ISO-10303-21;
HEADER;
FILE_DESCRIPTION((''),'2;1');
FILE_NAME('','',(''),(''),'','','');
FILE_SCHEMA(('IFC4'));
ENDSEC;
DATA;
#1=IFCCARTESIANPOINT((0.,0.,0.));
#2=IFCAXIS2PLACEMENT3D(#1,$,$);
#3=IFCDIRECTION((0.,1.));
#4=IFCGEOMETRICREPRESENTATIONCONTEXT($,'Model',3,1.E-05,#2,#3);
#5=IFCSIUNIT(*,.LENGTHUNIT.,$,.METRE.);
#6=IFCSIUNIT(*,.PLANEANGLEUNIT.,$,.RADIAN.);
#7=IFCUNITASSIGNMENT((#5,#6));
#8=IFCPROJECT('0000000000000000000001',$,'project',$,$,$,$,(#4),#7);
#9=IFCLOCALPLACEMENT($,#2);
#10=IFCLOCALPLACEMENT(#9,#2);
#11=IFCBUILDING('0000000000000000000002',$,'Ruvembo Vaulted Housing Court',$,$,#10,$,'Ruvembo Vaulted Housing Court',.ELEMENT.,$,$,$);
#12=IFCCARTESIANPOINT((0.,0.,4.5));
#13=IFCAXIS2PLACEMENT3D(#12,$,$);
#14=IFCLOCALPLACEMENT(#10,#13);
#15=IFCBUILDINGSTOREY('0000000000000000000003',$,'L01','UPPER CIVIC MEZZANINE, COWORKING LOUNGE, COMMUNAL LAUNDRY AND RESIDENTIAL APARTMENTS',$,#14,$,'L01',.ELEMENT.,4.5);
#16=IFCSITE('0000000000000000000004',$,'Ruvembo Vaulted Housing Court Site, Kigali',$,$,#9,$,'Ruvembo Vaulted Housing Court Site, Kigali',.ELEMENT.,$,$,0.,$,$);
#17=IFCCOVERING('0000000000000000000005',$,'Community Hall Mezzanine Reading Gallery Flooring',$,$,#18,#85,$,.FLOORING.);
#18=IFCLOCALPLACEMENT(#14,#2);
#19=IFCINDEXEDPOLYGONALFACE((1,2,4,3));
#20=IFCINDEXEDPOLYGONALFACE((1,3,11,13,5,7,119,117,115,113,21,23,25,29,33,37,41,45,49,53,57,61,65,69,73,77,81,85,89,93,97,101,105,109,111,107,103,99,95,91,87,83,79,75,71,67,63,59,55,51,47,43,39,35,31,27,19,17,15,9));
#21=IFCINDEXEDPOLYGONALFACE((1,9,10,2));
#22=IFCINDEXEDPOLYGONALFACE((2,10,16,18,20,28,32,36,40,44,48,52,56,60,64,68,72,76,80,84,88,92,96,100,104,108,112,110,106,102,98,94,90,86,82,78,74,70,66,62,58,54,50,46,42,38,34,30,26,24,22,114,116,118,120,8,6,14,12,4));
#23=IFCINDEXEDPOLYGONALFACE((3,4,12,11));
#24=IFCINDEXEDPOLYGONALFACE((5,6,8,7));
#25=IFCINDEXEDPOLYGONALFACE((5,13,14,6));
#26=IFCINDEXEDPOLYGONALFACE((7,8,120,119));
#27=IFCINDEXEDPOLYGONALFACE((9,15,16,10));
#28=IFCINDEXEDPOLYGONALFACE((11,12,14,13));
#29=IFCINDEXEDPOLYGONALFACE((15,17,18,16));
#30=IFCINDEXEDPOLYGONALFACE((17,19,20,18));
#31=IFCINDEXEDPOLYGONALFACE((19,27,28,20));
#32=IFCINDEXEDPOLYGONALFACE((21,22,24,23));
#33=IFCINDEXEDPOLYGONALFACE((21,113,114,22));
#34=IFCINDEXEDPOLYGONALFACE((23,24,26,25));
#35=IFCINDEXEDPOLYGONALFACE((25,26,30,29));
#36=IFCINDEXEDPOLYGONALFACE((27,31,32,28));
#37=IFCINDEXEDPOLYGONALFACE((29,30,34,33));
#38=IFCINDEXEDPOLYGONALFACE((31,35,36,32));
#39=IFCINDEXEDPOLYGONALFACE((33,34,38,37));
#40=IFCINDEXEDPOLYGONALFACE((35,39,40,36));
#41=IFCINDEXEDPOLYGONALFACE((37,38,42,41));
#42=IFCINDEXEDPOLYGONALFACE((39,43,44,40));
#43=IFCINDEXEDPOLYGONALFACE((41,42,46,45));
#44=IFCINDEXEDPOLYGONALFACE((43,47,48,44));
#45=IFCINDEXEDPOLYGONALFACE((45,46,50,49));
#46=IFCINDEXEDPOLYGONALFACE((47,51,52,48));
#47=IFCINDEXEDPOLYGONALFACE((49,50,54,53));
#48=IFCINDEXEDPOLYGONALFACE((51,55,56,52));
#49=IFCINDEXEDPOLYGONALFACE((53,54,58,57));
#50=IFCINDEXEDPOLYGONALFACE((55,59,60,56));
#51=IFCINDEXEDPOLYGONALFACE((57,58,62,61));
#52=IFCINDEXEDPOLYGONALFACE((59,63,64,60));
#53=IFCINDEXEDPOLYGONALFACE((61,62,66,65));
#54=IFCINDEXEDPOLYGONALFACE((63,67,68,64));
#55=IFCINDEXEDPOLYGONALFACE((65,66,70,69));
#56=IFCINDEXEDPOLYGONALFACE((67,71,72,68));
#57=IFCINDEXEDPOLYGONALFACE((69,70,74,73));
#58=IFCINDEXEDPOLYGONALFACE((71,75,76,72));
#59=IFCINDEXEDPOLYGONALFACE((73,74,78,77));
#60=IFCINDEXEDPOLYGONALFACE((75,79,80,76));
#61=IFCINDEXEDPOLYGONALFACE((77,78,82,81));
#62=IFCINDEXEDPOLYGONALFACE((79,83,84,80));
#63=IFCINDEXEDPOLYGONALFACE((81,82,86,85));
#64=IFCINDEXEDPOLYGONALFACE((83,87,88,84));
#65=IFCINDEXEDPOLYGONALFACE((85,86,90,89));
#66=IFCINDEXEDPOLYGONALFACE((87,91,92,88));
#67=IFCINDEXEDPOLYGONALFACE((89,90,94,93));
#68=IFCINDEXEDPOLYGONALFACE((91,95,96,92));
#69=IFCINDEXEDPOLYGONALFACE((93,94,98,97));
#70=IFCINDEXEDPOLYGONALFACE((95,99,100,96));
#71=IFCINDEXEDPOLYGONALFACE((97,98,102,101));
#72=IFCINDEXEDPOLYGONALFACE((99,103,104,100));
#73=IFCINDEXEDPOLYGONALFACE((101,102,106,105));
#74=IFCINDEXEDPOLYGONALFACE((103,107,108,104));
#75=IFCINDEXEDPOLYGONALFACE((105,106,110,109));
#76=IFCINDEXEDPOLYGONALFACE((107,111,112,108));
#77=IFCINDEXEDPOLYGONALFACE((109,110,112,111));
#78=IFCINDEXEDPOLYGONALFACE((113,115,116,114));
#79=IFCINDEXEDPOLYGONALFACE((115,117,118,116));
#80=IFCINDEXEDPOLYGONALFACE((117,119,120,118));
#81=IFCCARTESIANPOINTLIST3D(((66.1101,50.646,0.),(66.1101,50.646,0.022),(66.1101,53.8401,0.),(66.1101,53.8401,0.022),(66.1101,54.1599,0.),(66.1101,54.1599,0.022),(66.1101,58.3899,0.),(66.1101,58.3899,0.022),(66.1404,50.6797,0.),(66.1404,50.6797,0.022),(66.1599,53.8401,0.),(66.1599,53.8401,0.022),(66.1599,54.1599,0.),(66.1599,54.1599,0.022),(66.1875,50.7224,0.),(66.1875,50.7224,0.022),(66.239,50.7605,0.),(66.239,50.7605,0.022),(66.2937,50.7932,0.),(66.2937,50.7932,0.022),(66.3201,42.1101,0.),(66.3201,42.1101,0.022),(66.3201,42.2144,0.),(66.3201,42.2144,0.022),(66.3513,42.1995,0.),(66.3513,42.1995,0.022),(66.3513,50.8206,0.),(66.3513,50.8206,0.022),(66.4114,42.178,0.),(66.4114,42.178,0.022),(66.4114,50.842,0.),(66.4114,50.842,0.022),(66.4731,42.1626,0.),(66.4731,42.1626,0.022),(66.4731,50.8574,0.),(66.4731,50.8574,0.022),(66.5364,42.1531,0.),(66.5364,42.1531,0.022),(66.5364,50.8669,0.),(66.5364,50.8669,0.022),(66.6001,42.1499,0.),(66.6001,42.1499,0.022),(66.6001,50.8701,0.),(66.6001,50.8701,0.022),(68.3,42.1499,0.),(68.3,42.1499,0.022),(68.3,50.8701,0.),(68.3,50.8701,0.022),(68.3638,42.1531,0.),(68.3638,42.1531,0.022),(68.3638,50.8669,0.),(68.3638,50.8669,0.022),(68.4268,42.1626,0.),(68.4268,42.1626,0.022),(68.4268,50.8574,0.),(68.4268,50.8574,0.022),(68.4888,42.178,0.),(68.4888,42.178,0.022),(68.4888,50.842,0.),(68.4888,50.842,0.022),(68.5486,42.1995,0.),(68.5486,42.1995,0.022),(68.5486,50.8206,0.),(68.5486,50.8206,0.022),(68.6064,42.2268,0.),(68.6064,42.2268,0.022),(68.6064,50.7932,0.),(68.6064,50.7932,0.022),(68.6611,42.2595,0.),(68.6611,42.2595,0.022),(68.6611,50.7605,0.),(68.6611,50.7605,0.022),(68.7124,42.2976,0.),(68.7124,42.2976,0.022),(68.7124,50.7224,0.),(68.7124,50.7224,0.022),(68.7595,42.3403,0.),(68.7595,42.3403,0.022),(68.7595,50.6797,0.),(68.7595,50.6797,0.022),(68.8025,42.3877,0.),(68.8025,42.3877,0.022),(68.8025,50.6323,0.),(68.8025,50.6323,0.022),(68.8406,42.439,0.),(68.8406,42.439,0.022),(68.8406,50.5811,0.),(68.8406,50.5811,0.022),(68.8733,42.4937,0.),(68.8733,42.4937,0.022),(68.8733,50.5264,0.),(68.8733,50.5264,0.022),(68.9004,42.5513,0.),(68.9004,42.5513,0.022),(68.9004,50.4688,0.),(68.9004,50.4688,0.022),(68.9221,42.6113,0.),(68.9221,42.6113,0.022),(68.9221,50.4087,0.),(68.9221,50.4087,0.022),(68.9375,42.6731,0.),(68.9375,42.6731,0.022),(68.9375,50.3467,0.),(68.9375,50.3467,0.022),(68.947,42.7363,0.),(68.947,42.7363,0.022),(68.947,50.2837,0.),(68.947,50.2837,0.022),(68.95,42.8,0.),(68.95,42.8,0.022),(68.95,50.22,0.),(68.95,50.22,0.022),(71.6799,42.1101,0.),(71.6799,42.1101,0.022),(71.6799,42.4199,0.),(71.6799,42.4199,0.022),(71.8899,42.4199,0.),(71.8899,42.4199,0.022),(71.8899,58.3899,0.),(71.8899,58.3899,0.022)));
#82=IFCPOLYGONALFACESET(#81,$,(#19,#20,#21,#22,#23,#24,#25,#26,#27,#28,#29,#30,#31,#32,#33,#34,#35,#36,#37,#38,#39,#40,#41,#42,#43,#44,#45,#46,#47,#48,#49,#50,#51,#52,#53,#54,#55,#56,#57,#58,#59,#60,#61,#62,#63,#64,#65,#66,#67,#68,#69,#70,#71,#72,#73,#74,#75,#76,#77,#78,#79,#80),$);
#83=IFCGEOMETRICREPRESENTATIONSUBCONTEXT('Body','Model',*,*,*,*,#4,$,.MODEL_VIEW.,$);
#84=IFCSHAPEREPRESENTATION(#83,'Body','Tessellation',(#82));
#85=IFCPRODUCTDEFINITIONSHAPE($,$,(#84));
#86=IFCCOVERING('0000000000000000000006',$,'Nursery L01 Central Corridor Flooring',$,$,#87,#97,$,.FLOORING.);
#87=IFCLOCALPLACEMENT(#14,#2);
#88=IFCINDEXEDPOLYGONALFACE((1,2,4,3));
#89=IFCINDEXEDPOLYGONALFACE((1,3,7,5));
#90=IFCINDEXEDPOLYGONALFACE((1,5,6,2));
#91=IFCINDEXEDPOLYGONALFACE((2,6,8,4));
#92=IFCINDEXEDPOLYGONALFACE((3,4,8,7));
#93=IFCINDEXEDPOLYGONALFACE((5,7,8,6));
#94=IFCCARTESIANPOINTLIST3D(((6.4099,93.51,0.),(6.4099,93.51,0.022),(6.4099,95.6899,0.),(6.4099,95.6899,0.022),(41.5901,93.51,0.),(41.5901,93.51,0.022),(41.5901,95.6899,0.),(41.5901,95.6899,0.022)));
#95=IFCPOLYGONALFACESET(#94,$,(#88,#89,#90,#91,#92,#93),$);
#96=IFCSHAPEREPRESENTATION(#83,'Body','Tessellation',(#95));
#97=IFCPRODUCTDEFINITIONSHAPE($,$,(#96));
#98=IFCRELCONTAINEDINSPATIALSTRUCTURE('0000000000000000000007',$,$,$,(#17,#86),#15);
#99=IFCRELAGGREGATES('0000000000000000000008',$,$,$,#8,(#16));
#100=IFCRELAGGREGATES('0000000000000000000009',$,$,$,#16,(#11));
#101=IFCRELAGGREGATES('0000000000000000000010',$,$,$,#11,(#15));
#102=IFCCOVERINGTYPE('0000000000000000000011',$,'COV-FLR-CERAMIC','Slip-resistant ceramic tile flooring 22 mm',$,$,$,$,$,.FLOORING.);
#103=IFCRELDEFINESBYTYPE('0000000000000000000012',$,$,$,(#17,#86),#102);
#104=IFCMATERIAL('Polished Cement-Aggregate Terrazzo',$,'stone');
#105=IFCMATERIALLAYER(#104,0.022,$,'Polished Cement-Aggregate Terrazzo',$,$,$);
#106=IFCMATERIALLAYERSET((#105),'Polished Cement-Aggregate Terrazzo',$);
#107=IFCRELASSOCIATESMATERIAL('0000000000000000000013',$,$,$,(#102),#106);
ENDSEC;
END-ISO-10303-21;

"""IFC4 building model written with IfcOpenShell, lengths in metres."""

from ifc_helpers import new_model, si_unit, direction, frame, origin, place, context, subcontext, project, spatial, polyline, outline, extrude, material, layer, layer_set, type_object, element, save


model = new_model("IFC4")

# Units and contexts
model_context = context("Model", 3, precision=1e-05, world=origin(), true_north=direction((0.0, 1.0)))
body_context = subcontext(model_context, "Body", "Model", "MODEL_VIEW")
ifc_project = project(units=[si_unit("LENGTHUNIT", "METRE"), si_unit("PLANEANGLEUNIT", "RADIAN")], contexts=[model_context])

# Site, building, storey
site_placement = place(None, origin())
site = spatial("IfcSite", under=ifc_project, at=site_placement, Name="Ruvembo Vaulted Housing Court Site, Kigali", LongName="Ruvembo Vaulted Housing Court Site, Kigali", CompositionType="ELEMENT", RefElevation=0.0)
building_placement = place(site_placement, origin())
building = spatial("IfcBuilding", under=site, at=building_placement, Name="Ruvembo Vaulted Housing Court", LongName="Ruvembo Vaulted Housing Court", CompositionType="ELEMENT")
storey_placement = place(building_placement, frame((0.0, 0.0, 4.5)))
storey = spatial("IfcBuildingStorey", under=building, at=storey_placement, Name="L01", Description="UPPER CIVIC MEZZANINE, COWORKING LOUNGE, COMMUNAL LAUNDRY AND RESIDENTIAL APARTMENTS", LongName="L01", CompositionType="ELEMENT", Elevation=4.5)

# Coverings
ifc_material_1 = material(Name="Polished Cement-Aggregate Terrazzo", Category="stone")
ifc_layer_1 = layer(ifc_material_1, 0.022, Name="Polished Cement-Aggregate Terrazzo")
ifc_layer_set_1 = layer_set([ifc_layer_1], Name="Polished Cement-Aggregate Terrazzo")
covering_type_1 = type_object("IfcCoveringType", Name="COV-FLR-CERAMIC", Description="Slip-resistant ceramic tile flooring 22 mm", PredefinedType="FLOORING", material=ifc_layer_set_1)
covering_1_placement = place(storey_placement, origin())
element("IfcCovering", 1, at=covering_1_placement, inside=storey, type_object=covering_type_1, Name="Community Hall Mezzanine Reading Gallery Flooring", PredefinedType="FLOORING", context=body_context, shape_type="SweptSolid", body=[
    extrude(outline(polyline([(66.1599, 53.8401), (66.1101, 53.8401), (66.1101, 50.646), (66.1404, 50.6797), (66.1875, 50.7224), (66.239, 50.7605), (66.2937, 50.7932), (66.3513, 50.8206), (66.4114, 50.842), (66.4731, 50.8574), (66.5364, 50.8669), (66.6001, 50.8701), (68.3, 50.8701), (68.3638, 50.8669), (68.4268, 50.8574), (68.4888, 50.842), (68.5486, 50.8206), (68.6064, 50.7932), (68.6611, 50.7605), (68.7124, 50.7224), (68.7595, 50.6797), (68.8025, 50.6323), (68.8406, 50.5811), (68.8733, 50.5264), (68.9004, 50.4688), (68.9221, 50.4087), (68.9375, 50.3467), (68.947, 50.2837), (68.95, 50.22), (68.95, 42.8), (68.947, 42.7363), (68.9375, 42.6731), (68.9221, 42.6113), (68.9004, 42.5513), (68.8733, 42.4937), (68.8406, 42.439), (68.8025, 42.3877), (68.7595, 42.3403), (68.7124, 42.2976), (68.6611, 42.2595), (68.6064, 42.2268), (68.5486, 42.1995), (68.4888, 42.178), (68.4268, 42.1626), (68.3638, 42.1531), (68.3, 42.1499), (66.6001, 42.1499), (66.5364, 42.1531), (66.4731, 42.1626), (66.4114, 42.178), (66.3513, 42.1995), (66.3201, 42.2144), (66.3201, 42.1101), (71.6799, 42.1101), (71.6799, 42.4199), (71.8899, 42.4199), (71.8899, 58.3899), (66.1101, 58.3899), (66.1101, 54.1599), (66.1599, 54.1599), (66.1599, 53.8401)])), origin(), (0.0, 0.0, 1.0), 0.022),
])
covering_2_placement = place(storey_placement, origin())
element("IfcCovering", 2, at=covering_2_placement, inside=storey, type_object=covering_type_1, Name="Nursery L01 Central Corridor Flooring", PredefinedType="FLOORING", context=body_context, shape_type="SweptSolid", body=[
    extrude(outline(polyline([(6.4099, 95.6899), (6.4099, 93.51), (41.5901, 93.51), (41.5901, 95.6899), (6.4099, 95.6899)])), origin(), (0.0, 0.0, 1.0), 0.022),
])

save(model, "model.ifc")
